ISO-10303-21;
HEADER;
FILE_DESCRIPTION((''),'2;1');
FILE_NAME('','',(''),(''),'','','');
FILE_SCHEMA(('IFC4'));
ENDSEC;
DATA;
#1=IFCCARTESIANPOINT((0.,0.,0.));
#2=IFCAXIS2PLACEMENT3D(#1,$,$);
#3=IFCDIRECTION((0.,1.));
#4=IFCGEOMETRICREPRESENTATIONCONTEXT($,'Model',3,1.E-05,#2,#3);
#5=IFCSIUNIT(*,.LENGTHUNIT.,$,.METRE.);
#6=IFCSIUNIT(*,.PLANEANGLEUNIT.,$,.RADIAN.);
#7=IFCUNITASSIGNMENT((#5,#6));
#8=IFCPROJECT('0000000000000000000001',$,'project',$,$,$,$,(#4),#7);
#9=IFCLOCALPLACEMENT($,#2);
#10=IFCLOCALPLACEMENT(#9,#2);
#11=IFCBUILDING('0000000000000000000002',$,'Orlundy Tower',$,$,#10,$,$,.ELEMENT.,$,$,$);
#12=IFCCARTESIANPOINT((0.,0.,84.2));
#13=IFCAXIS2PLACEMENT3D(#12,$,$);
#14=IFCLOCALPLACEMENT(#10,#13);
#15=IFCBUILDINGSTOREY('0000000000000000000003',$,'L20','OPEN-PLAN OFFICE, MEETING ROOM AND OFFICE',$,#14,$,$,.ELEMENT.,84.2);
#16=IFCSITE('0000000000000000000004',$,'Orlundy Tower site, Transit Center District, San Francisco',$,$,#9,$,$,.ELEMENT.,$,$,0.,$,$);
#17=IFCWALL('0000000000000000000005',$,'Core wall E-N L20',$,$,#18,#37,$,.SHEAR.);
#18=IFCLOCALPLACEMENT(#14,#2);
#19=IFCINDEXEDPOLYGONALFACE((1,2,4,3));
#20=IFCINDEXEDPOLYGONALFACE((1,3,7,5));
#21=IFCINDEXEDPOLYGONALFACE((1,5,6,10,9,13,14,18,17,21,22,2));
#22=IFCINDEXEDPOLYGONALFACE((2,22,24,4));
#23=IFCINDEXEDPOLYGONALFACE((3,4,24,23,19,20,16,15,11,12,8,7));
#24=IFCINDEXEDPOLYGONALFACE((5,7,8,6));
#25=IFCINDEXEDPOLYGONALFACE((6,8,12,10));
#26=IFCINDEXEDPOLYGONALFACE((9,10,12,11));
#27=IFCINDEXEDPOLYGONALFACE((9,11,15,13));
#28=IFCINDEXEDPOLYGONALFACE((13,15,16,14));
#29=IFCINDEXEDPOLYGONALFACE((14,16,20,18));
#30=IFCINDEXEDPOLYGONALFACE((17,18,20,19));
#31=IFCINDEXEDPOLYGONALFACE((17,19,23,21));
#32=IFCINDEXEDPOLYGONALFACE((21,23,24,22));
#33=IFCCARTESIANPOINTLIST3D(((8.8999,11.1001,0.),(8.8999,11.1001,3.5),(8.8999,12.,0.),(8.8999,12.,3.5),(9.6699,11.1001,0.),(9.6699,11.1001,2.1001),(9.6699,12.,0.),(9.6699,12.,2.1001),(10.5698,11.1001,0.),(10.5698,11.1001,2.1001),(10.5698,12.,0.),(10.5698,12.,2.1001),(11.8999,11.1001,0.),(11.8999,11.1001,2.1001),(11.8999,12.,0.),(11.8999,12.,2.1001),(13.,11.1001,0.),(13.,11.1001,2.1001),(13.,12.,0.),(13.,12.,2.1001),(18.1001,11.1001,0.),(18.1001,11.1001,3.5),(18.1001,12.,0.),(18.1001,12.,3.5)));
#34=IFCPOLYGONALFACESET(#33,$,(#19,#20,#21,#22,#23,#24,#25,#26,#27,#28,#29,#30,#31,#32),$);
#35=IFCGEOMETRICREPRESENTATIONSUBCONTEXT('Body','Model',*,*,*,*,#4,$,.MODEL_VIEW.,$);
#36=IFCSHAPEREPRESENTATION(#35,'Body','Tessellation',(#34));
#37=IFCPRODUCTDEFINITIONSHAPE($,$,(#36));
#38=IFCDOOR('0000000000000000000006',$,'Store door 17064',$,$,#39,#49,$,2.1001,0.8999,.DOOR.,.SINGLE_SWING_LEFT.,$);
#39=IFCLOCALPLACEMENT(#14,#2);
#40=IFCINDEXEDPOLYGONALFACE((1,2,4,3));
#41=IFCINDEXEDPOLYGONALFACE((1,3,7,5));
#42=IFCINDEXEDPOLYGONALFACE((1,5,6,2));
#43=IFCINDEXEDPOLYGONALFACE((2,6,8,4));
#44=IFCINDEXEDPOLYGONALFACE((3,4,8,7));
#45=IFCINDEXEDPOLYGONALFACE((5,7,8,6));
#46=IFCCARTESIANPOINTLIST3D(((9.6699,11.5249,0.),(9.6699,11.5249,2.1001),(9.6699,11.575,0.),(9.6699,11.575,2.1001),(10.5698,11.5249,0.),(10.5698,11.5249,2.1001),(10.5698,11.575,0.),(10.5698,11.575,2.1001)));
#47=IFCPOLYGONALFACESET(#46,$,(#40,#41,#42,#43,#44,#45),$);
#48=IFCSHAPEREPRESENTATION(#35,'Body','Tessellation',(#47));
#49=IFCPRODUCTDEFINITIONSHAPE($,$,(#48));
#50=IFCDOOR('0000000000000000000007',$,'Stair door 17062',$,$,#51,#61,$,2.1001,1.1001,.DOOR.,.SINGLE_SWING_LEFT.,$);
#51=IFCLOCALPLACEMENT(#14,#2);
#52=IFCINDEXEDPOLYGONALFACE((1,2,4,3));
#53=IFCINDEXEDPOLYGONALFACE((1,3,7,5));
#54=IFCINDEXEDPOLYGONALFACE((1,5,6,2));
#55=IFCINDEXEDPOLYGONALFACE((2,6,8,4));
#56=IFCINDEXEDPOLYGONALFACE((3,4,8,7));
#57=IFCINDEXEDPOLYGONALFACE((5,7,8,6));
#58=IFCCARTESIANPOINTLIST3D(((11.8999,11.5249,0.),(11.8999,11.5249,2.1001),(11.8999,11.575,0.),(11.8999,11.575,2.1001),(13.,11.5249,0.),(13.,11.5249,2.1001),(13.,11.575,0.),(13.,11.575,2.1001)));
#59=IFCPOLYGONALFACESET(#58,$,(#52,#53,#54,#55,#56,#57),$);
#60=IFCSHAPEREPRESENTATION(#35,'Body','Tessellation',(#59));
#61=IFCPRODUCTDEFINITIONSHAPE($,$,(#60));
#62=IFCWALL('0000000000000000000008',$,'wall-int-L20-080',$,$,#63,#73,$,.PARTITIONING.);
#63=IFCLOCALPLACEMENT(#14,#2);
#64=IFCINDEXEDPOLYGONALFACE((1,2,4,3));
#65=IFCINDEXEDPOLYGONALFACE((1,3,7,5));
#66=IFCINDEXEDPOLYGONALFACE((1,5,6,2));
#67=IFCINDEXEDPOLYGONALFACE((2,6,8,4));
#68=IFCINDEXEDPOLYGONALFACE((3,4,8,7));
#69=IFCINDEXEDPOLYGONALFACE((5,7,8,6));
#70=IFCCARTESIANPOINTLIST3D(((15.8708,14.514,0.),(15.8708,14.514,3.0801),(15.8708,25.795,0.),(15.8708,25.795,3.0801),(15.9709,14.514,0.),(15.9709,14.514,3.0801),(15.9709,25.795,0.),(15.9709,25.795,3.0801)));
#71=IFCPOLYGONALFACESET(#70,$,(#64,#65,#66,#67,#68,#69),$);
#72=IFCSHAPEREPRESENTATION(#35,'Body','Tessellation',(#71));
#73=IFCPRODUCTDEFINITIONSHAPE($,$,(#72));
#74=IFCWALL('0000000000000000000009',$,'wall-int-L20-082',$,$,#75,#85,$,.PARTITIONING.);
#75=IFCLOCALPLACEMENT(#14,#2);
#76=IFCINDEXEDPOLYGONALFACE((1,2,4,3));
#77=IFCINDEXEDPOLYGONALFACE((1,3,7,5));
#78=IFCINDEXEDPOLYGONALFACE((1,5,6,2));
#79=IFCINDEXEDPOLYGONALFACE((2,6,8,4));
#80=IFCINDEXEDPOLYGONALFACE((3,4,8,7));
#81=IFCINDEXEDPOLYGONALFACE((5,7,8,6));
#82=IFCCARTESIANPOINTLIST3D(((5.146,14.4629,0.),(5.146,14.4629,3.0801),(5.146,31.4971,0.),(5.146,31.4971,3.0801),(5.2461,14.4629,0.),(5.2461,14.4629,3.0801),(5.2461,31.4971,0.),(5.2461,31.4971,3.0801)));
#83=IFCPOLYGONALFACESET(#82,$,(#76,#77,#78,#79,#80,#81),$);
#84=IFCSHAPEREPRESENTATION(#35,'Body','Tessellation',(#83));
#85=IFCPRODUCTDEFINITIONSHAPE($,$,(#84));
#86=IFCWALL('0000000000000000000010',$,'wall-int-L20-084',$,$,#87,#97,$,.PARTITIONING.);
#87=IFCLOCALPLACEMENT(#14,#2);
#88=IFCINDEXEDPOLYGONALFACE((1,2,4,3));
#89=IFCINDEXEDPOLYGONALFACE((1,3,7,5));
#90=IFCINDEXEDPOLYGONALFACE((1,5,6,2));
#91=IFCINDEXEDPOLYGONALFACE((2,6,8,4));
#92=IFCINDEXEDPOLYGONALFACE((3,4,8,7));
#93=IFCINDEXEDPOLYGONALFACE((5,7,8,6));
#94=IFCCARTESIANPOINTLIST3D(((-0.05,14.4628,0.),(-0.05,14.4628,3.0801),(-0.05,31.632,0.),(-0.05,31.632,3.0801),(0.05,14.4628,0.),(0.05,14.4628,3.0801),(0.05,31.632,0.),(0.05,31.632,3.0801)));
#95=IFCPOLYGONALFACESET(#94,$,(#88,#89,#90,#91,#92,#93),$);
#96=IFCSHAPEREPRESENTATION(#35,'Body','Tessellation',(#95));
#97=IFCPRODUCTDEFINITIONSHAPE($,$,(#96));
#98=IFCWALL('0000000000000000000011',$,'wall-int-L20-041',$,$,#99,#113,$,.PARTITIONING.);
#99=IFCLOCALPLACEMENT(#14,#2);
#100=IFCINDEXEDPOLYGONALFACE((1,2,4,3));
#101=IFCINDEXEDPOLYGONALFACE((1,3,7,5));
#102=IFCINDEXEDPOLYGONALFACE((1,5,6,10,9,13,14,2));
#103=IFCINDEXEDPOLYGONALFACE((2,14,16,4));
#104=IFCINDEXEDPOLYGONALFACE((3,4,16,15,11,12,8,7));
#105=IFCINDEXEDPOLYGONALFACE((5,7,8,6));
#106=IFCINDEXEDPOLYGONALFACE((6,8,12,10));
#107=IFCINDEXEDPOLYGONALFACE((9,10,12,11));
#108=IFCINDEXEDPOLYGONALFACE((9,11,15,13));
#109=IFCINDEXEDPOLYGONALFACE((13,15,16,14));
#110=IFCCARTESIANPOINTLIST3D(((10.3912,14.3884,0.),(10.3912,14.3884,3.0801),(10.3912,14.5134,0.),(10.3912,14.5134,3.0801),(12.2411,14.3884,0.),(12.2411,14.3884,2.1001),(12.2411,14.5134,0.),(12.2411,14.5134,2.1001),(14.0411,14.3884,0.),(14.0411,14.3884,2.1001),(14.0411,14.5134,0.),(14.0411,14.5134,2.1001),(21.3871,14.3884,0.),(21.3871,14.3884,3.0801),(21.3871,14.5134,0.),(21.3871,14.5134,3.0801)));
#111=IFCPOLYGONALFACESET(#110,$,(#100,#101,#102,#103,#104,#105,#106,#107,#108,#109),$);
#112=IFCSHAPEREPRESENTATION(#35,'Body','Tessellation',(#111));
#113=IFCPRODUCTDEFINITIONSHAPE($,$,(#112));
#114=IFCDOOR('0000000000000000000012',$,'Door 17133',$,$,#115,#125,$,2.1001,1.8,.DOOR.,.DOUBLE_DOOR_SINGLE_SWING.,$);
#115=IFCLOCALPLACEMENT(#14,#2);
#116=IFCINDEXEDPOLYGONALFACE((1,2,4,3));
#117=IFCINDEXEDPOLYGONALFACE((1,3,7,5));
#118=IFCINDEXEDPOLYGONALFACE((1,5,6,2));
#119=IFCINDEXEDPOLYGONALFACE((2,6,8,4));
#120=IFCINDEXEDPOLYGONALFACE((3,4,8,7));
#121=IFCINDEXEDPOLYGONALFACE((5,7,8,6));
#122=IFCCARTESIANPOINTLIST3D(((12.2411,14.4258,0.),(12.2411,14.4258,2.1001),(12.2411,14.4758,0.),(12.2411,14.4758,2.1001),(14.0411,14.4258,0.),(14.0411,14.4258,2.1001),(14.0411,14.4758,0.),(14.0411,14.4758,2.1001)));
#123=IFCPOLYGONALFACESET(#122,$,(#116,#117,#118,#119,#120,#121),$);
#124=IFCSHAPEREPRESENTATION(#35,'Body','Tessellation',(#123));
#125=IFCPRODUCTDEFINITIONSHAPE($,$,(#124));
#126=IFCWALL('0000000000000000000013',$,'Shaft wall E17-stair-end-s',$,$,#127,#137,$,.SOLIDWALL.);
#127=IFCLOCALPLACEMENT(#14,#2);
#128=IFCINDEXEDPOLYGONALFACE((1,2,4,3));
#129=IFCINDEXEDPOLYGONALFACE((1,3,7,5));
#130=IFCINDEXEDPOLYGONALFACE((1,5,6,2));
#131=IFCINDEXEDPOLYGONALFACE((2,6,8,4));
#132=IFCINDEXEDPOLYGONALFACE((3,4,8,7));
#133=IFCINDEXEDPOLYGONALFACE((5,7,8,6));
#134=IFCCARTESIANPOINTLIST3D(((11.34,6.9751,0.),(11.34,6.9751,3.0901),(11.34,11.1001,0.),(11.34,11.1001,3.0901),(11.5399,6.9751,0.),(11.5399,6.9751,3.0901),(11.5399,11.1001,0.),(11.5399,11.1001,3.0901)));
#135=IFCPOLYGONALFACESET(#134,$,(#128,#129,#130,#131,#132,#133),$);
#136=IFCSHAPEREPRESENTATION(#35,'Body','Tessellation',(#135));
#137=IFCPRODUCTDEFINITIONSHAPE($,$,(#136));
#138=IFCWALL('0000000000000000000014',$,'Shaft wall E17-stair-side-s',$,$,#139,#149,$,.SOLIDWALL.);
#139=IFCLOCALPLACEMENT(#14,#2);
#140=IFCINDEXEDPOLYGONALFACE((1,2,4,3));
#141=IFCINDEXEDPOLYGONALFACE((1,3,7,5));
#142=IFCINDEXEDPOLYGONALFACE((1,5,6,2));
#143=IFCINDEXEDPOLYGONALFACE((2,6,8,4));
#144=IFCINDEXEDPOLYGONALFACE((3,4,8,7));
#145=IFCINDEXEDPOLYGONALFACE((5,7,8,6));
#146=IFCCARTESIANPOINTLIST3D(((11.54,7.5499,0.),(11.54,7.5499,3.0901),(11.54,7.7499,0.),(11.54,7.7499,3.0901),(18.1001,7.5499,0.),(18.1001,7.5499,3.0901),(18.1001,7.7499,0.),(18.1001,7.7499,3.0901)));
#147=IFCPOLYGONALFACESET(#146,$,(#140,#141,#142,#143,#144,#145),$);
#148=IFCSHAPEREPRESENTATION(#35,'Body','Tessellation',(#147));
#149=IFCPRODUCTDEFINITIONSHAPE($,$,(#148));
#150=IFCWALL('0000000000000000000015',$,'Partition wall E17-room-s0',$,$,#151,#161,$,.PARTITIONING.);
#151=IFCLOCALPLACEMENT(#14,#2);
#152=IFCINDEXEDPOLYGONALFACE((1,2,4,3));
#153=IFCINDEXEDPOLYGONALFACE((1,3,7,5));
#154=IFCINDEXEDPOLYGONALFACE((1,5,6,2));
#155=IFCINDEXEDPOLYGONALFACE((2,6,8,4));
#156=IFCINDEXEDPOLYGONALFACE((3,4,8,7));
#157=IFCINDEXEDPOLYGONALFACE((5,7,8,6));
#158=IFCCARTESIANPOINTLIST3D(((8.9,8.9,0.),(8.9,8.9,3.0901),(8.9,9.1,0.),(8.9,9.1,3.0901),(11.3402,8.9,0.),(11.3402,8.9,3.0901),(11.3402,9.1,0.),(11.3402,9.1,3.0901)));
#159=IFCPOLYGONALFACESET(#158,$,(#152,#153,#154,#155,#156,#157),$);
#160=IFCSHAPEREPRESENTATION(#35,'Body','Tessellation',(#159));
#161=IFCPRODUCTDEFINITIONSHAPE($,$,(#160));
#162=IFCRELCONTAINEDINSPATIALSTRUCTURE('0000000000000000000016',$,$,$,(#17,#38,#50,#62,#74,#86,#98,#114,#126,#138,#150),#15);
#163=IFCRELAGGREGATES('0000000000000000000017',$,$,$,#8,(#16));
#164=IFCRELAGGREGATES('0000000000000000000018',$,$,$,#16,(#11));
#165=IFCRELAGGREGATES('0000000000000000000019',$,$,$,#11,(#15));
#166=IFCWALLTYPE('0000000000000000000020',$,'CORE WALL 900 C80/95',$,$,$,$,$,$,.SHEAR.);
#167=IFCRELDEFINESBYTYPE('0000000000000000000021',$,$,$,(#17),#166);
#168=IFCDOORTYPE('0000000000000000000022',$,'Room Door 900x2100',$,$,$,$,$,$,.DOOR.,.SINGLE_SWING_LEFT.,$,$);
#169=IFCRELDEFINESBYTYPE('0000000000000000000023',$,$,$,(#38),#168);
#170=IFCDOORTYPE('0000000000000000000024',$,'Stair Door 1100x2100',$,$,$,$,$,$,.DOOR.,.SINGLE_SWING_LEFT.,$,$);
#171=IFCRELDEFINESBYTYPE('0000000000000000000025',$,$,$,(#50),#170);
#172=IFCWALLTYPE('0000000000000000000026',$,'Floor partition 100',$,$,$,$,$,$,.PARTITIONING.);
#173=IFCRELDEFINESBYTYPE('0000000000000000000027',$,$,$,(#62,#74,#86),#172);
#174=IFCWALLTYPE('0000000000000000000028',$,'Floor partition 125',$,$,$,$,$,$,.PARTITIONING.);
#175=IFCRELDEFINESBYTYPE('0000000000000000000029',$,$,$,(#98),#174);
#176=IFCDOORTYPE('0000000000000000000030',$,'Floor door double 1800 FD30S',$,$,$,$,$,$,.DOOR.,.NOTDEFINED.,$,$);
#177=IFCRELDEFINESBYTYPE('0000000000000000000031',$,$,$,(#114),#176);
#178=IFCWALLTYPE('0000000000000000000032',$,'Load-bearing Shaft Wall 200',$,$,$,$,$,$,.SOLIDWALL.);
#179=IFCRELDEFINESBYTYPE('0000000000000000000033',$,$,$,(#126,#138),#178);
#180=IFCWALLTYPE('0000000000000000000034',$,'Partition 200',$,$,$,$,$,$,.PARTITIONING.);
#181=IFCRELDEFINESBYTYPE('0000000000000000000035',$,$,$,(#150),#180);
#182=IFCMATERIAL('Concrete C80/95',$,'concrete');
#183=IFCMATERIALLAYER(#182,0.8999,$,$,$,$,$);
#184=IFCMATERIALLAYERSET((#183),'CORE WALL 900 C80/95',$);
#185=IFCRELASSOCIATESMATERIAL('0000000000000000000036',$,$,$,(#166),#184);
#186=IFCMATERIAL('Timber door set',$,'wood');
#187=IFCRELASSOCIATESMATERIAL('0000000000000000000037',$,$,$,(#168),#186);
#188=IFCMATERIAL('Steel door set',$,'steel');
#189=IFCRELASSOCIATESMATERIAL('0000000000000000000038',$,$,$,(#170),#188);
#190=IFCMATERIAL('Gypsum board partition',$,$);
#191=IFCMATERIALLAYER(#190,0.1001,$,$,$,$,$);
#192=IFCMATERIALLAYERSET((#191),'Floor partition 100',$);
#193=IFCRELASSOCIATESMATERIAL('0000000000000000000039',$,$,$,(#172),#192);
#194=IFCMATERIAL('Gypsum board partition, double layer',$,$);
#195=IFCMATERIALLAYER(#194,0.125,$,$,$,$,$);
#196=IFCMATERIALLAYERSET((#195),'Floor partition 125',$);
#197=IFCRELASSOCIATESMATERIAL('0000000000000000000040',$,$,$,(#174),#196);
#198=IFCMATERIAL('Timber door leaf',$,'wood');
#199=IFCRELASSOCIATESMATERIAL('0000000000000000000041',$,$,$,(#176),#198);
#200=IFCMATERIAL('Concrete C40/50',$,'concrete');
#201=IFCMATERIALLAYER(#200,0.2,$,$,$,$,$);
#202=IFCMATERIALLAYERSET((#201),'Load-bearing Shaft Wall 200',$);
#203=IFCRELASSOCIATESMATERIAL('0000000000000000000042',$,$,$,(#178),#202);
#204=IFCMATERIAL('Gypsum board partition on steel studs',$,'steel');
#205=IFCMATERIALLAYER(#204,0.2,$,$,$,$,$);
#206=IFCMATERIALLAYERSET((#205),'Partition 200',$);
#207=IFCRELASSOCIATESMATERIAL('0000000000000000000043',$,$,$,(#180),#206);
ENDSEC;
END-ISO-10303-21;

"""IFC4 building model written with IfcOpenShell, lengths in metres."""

from ifc_helpers import new_model, si_unit, direction, frame, frame_2d, origin, place, context, subcontext, project, spatial, rectangle, extrude, material, layer, layer_set, type_object, element, fill, save


model = new_model("IFC4")

# Units and contexts
model_context = context("Model", 3, precision=1e-05, world=origin(), true_north=direction((0.0, 1.0)))
body_context = subcontext(model_context, "Body", "Model", "MODEL_VIEW")
ifc_project = project(units=[si_unit("LENGTHUNIT", "METRE"), si_unit("PLANEANGLEUNIT", "RADIAN")], contexts=[model_context])

# Site, building, storey
site_placement = place(None, origin())
site = spatial("IfcSite", under=ifc_project, at=site_placement, Name="Orlundy Tower site, Transit Center District, San Francisco", CompositionType="ELEMENT", RefElevation=0.0)
building_placement = place(site_placement, origin())
building = spatial("IfcBuilding", under=site, at=building_placement, Name="Orlundy Tower", CompositionType="ELEMENT")
storey_placement = place(building_placement, frame((0.0, 0.0, 84.2)))
storey = spatial("IfcBuildingStorey", under=building, at=storey_placement, Name="L20", Description="OPEN-PLAN OFFICE, MEETING ROOM AND OFFICE", CompositionType="ELEMENT", Elevation=84.2)

# Wall, openings, doors
ifc_material_1 = material(Name="Concrete C80/95", Category="concrete")
ifc_layer_1 = layer(ifc_material_1, 0.8999)
ifc_layer_set_1 = layer_set([ifc_layer_1], Name="CORE WALL 900 C80/95")
wall_type_1 = type_object("IfcWallType", Name="CORE WALL 900 C80/95", PredefinedType="SHEAR", material=ifc_layer_set_1)
wall_1_placement = place(storey_placement, frame((8.8999, 11.55, 0.0), z_axis=(0.0, 0.0, 1.0), x_axis=(1.0, 0.0, 0.0)))
wall_1 = element("IfcWall", 1, at=wall_1_placement, inside=storey, type_object=wall_type_1, Name="Core wall E-N L20", PredefinedType="SHEAR", context=body_context, shape_type="SweptSolid", body=[
    extrude(rectangle(XDim=9.2002, YDim=0.8999, at=frame_2d((4.6001, 0.0))), origin(), (0.0, 0.0, 1.0), 3.5),
])
opening_1_placement = place(wall_1_placement, frame((3.0, 0.0, 0.0)))
opening_1 = element("IfcOpeningElement", 2, at=opening_1_placement, cuts=wall_1, PredefinedType="OPENING", context=body_context, shape_type="SweptSolid", body=[
    extrude(rectangle(XDim=1.1001, YDim=2.1001, at=frame_2d((0.55, 1.05))), frame((0.0, 0.46, 0.0), z_axis=(0.0, -1.0, 0.0), x_axis=(1.0, 0.0, 0.0)), (0.0, 0.0, 1.0), 0.9199),
])
opening_2_placement = place(wall_1_placement, frame((0.77, 0.0, 0.0)))
opening_2 = element("IfcOpeningElement", 3, at=opening_2_placement, cuts=wall_1, PredefinedType="OPENING", context=body_context, shape_type="SweptSolid", body=[
    extrude(rectangle(XDim=0.8999, YDim=2.1001, at=frame_2d((0.45, 1.05))), frame((0.0, 0.46, 0.0), z_axis=(0.0, -1.0, 0.0), x_axis=(1.0, 0.0, 0.0)), (0.0, 0.0, 1.0), 0.9199),
])
ifc_material_2 = material(Name="Timber door set", Category="wood")
door_type_1 = type_object("IfcDoorType", Name="Room Door 900x2100", OperationType="SINGLE_SWING_LEFT", PredefinedType="DOOR", material=ifc_material_2)
door_1_placement = place(opening_2_placement, origin())
door_1 = element("IfcDoor", 4, at=door_1_placement, inside=storey, type_object=door_type_1, Name="Store door 17064", OperationType="SINGLE_SWING_LEFT", OverallHeight=2.1001, OverallWidth=0.8999, PredefinedType="DOOR", context=body_context, shape_type="SweptSolid", body=[
    extrude(rectangle(XDim=0.8999, YDim=2.1001, at=frame_2d((0.45, 1.05))), frame((0.0, 0.0249, 0.0), z_axis=(0.0, -1.0, 0.0), x_axis=(1.0, 0.0, 0.0)), (0.0, 0.0, 1.0), 0.05),
])
fill(opening_2, door_1)
ifc_material_3 = material(Name="Steel door set", Category="steel")
door_type_2 = type_object("IfcDoorType", Name="Stair Door 1100x2100", OperationType="SINGLE_SWING_LEFT", PredefinedType="DOOR", material=ifc_material_3)
door_2_placement = place(opening_1_placement, origin())
door_2 = element("IfcDoor", 5, at=door_2_placement, inside=storey, type_object=door_type_2, Name="Stair door 17062", OperationType="SINGLE_SWING_LEFT", OverallHeight=2.1001, OverallWidth=1.1001, PredefinedType="DOOR", context=body_context, shape_type="SweptSolid", body=[
    extrude(rectangle(XDim=1.1001, YDim=2.1001, at=frame_2d((0.55, 1.05))), frame((0.0, 0.0249, 0.0), z_axis=(0.0, -1.0, 0.0), x_axis=(1.0, 0.0, 0.0)), (0.0, 0.0, 1.0), 0.05),
])
fill(opening_1, door_2)

# Walls
ifc_material_4 = material(Name="Gypsum board partition")
ifc_layer_2 = layer(ifc_material_4, 0.1001)
ifc_layer_set_2 = layer_set([ifc_layer_2], Name="Floor partition 100")
wall_type_2 = type_object("IfcWallType", Name="Floor partition 100", PredefinedType="PARTITIONING", material=ifc_layer_set_2)
wall_2_placement = place(storey_placement, frame((15.9209, 14.5139, 0.0), z_axis=(0.0, 0.0, 1.0), x_axis=(0.0, 1.0, 0.0)))
element("IfcWall", 6, at=wall_2_placement, inside=storey, type_object=wall_type_2, Name="wall-int-L20-080", PredefinedType="PARTITIONING", context=body_context, shape_type="SweptSolid", body=[
    extrude(rectangle(XDim=11.281, YDim=0.1001, at=frame_2d((5.6406, 0.0))), origin(), (0.0, 0.0, 1.0), 3.0801),
])
wall_3_placement = place(storey_placement, frame((5.196, 14.4629, 0.0), z_axis=(0.0, 0.0, 1.0), x_axis=(0.0, 1.0, 0.0)))
element("IfcWall", 7, at=wall_3_placement, inside=storey, type_object=wall_type_2, Name="wall-int-L20-082", PredefinedType="PARTITIONING", context=body_context, shape_type="SweptSolid", body=[
    extrude(rectangle(XDim=17.0342, YDim=0.1001, at=frame_2d((8.5171, 0.0))), origin(), (0.0, 0.0, 1.0), 3.0801),
])
wall_4_placement = place(storey_placement, frame((0.0, 14.4629, 0.0), z_axis=(0.0, 0.0, 1.0), x_axis=(0.0, 1.0, 0.0)))
element("IfcWall", 8, at=wall_4_placement, inside=storey, type_object=wall_type_2, Name="wall-int-L20-084", PredefinedType="PARTITIONING", context=body_context, shape_type="SweptSolid", body=[
    extrude(rectangle(XDim=17.1692, YDim=0.1001, at=frame_2d((8.5845, 0.0))), origin(), (0.0, 0.0, 1.0), 3.0801),
])

# Wall, opening, door
ifc_material_5 = material(Name="Gypsum board partition, double layer")
ifc_layer_3 = layer(ifc_material_5, 0.125)
ifc_layer_set_3 = layer_set([ifc_layer_3], Name="Floor partition 125")
wall_type_3 = type_object("IfcWallType", Name="Floor partition 125", PredefinedType="PARTITIONING", material=ifc_layer_set_3)
wall_5_placement = place(storey_placement, frame((10.3911, 14.4509, 0.0), z_axis=(0.0, 0.0, 1.0), x_axis=(1.0, 0.0, 0.0)))
wall_5 = element("IfcWall", 9, at=wall_5_placement, inside=storey, type_object=wall_type_3, Name="wall-int-L20-041", PredefinedType="PARTITIONING", context=body_context, shape_type="SweptSolid", body=[
    extrude(rectangle(XDim=10.9958, YDim=0.125, at=frame_2d((5.498, 0.0))), origin(), (0.0, 0.0, 1.0), 3.0801),
])
opening_3_placement = place(wall_5_placement, frame((1.8501, 0.0, 0.0)))
opening_3 = element("IfcOpeningElement", 10, at=opening_3_placement, cuts=wall_5, PredefinedType="OPENING", context=body_context, shape_type="SweptSolid", body=[
    extrude(rectangle(XDim=1.8, YDim=2.1001, at=frame_2d((0.8999, 1.05))), frame((0.0, 0.0725, 0.0), z_axis=(0.0, -1.0, 0.0), x_axis=(1.0, 0.0, 0.0)), (0.0, 0.0, 1.0), 0.145),
])
ifc_material_6 = material(Name="Timber door leaf", Category="wood")
door_type_3 = type_object("IfcDoorType", Name="Floor door double 1800 FD30S", OperationType="NOTDEFINED", PredefinedType="DOOR", material=ifc_material_6)
door_3_placement = place(opening_3_placement, origin())
door_3 = element("IfcDoor", 11, at=door_3_placement, inside=storey, type_object=door_type_3, Name="Door 17133", OperationType="DOUBLE_DOOR_SINGLE_SWING", OverallHeight=2.1001, OverallWidth=1.8, PredefinedType="DOOR", context=body_context, shape_type="SweptSolid", body=[
    extrude(rectangle(XDim=1.8, YDim=2.1001, at=frame_2d((0.8999, 1.05))), frame((0.0, 0.0249, 0.0), z_axis=(0.0, -1.0, 0.0), x_axis=(1.0, 0.0, 0.0)), (0.0, 0.0, 1.0), 0.05),
])
fill(opening_3, door_3)

# Walls
ifc_material_7 = material(Name="Concrete C40/50", Category="concrete")
ifc_layer_4 = layer(ifc_material_7, 0.2)
ifc_layer_set_4 = layer_set([ifc_layer_4], Name="Load-bearing Shaft Wall 200")
wall_type_4 = type_object("IfcWallType", Name="Load-bearing Shaft Wall 200", PredefinedType="SOLIDWALL", material=ifc_layer_set_4)
wall_6_placement = place(storey_placement, frame((11.4399, 11.1001, 0.0), z_axis=(0.0, 0.0, 1.0), x_axis=(0.0, -1.0, 0.0)))
element("IfcWall", 12, at=wall_6_placement, inside=storey, type_object=wall_type_4, Name="Shaft wall E17-stair-end-s", PredefinedType="SOLIDWALL", context=body_context, shape_type="SweptSolid", body=[
    extrude(rectangle(XDim=4.125, YDim=0.2, at=frame_2d((2.0625, 0.0))), origin(), (0.0, 0.0, 1.0), 3.0901),
])
wall_7_placement = place(storey_placement, frame((11.54, 7.6499, 0.0), z_axis=(0.0, 0.0, 1.0), x_axis=(1.0, 0.0, 0.0)))
element("IfcWall", 13, at=wall_7_placement, inside=storey, type_object=wall_type_4, Name="Shaft wall E17-stair-side-s", PredefinedType="SOLIDWALL", context=body_context, shape_type="SweptSolid", body=[
    extrude(rectangle(XDim=6.5601, YDim=0.2, at=frame_2d((3.28, 0.0))), origin(), (0.0, 0.0, 1.0), 3.0901),
])
ifc_material_8 = material(Name="Gypsum board partition on steel studs", Category="steel")
ifc_layer_5 = layer(ifc_material_8, 0.2)
ifc_layer_set_5 = layer_set([ifc_layer_5], Name="Partition 200")
wall_type_5 = type_object("IfcWallType", Name="Partition 200", PredefinedType="PARTITIONING", material=ifc_layer_set_5)
wall_8_placement = place(storey_placement, frame((8.8999, 9.0, 0.0), z_axis=(0.0, 0.0, 1.0), x_axis=(1.0, 0.0, 0.0)))
element("IfcWall", 14, at=wall_8_placement, inside=storey, type_object=wall_type_5, Name="Partition wall E17-room-s0", PredefinedType="PARTITIONING", context=body_context, shape_type="SweptSolid", body=[
    extrude(rectangle(XDim=2.4402, YDim=0.2, at=frame_2d((1.2202, 0.0))), origin(), (0.0, 0.0, 1.0), 3.0901),
])

save(model, "model.ifc")
